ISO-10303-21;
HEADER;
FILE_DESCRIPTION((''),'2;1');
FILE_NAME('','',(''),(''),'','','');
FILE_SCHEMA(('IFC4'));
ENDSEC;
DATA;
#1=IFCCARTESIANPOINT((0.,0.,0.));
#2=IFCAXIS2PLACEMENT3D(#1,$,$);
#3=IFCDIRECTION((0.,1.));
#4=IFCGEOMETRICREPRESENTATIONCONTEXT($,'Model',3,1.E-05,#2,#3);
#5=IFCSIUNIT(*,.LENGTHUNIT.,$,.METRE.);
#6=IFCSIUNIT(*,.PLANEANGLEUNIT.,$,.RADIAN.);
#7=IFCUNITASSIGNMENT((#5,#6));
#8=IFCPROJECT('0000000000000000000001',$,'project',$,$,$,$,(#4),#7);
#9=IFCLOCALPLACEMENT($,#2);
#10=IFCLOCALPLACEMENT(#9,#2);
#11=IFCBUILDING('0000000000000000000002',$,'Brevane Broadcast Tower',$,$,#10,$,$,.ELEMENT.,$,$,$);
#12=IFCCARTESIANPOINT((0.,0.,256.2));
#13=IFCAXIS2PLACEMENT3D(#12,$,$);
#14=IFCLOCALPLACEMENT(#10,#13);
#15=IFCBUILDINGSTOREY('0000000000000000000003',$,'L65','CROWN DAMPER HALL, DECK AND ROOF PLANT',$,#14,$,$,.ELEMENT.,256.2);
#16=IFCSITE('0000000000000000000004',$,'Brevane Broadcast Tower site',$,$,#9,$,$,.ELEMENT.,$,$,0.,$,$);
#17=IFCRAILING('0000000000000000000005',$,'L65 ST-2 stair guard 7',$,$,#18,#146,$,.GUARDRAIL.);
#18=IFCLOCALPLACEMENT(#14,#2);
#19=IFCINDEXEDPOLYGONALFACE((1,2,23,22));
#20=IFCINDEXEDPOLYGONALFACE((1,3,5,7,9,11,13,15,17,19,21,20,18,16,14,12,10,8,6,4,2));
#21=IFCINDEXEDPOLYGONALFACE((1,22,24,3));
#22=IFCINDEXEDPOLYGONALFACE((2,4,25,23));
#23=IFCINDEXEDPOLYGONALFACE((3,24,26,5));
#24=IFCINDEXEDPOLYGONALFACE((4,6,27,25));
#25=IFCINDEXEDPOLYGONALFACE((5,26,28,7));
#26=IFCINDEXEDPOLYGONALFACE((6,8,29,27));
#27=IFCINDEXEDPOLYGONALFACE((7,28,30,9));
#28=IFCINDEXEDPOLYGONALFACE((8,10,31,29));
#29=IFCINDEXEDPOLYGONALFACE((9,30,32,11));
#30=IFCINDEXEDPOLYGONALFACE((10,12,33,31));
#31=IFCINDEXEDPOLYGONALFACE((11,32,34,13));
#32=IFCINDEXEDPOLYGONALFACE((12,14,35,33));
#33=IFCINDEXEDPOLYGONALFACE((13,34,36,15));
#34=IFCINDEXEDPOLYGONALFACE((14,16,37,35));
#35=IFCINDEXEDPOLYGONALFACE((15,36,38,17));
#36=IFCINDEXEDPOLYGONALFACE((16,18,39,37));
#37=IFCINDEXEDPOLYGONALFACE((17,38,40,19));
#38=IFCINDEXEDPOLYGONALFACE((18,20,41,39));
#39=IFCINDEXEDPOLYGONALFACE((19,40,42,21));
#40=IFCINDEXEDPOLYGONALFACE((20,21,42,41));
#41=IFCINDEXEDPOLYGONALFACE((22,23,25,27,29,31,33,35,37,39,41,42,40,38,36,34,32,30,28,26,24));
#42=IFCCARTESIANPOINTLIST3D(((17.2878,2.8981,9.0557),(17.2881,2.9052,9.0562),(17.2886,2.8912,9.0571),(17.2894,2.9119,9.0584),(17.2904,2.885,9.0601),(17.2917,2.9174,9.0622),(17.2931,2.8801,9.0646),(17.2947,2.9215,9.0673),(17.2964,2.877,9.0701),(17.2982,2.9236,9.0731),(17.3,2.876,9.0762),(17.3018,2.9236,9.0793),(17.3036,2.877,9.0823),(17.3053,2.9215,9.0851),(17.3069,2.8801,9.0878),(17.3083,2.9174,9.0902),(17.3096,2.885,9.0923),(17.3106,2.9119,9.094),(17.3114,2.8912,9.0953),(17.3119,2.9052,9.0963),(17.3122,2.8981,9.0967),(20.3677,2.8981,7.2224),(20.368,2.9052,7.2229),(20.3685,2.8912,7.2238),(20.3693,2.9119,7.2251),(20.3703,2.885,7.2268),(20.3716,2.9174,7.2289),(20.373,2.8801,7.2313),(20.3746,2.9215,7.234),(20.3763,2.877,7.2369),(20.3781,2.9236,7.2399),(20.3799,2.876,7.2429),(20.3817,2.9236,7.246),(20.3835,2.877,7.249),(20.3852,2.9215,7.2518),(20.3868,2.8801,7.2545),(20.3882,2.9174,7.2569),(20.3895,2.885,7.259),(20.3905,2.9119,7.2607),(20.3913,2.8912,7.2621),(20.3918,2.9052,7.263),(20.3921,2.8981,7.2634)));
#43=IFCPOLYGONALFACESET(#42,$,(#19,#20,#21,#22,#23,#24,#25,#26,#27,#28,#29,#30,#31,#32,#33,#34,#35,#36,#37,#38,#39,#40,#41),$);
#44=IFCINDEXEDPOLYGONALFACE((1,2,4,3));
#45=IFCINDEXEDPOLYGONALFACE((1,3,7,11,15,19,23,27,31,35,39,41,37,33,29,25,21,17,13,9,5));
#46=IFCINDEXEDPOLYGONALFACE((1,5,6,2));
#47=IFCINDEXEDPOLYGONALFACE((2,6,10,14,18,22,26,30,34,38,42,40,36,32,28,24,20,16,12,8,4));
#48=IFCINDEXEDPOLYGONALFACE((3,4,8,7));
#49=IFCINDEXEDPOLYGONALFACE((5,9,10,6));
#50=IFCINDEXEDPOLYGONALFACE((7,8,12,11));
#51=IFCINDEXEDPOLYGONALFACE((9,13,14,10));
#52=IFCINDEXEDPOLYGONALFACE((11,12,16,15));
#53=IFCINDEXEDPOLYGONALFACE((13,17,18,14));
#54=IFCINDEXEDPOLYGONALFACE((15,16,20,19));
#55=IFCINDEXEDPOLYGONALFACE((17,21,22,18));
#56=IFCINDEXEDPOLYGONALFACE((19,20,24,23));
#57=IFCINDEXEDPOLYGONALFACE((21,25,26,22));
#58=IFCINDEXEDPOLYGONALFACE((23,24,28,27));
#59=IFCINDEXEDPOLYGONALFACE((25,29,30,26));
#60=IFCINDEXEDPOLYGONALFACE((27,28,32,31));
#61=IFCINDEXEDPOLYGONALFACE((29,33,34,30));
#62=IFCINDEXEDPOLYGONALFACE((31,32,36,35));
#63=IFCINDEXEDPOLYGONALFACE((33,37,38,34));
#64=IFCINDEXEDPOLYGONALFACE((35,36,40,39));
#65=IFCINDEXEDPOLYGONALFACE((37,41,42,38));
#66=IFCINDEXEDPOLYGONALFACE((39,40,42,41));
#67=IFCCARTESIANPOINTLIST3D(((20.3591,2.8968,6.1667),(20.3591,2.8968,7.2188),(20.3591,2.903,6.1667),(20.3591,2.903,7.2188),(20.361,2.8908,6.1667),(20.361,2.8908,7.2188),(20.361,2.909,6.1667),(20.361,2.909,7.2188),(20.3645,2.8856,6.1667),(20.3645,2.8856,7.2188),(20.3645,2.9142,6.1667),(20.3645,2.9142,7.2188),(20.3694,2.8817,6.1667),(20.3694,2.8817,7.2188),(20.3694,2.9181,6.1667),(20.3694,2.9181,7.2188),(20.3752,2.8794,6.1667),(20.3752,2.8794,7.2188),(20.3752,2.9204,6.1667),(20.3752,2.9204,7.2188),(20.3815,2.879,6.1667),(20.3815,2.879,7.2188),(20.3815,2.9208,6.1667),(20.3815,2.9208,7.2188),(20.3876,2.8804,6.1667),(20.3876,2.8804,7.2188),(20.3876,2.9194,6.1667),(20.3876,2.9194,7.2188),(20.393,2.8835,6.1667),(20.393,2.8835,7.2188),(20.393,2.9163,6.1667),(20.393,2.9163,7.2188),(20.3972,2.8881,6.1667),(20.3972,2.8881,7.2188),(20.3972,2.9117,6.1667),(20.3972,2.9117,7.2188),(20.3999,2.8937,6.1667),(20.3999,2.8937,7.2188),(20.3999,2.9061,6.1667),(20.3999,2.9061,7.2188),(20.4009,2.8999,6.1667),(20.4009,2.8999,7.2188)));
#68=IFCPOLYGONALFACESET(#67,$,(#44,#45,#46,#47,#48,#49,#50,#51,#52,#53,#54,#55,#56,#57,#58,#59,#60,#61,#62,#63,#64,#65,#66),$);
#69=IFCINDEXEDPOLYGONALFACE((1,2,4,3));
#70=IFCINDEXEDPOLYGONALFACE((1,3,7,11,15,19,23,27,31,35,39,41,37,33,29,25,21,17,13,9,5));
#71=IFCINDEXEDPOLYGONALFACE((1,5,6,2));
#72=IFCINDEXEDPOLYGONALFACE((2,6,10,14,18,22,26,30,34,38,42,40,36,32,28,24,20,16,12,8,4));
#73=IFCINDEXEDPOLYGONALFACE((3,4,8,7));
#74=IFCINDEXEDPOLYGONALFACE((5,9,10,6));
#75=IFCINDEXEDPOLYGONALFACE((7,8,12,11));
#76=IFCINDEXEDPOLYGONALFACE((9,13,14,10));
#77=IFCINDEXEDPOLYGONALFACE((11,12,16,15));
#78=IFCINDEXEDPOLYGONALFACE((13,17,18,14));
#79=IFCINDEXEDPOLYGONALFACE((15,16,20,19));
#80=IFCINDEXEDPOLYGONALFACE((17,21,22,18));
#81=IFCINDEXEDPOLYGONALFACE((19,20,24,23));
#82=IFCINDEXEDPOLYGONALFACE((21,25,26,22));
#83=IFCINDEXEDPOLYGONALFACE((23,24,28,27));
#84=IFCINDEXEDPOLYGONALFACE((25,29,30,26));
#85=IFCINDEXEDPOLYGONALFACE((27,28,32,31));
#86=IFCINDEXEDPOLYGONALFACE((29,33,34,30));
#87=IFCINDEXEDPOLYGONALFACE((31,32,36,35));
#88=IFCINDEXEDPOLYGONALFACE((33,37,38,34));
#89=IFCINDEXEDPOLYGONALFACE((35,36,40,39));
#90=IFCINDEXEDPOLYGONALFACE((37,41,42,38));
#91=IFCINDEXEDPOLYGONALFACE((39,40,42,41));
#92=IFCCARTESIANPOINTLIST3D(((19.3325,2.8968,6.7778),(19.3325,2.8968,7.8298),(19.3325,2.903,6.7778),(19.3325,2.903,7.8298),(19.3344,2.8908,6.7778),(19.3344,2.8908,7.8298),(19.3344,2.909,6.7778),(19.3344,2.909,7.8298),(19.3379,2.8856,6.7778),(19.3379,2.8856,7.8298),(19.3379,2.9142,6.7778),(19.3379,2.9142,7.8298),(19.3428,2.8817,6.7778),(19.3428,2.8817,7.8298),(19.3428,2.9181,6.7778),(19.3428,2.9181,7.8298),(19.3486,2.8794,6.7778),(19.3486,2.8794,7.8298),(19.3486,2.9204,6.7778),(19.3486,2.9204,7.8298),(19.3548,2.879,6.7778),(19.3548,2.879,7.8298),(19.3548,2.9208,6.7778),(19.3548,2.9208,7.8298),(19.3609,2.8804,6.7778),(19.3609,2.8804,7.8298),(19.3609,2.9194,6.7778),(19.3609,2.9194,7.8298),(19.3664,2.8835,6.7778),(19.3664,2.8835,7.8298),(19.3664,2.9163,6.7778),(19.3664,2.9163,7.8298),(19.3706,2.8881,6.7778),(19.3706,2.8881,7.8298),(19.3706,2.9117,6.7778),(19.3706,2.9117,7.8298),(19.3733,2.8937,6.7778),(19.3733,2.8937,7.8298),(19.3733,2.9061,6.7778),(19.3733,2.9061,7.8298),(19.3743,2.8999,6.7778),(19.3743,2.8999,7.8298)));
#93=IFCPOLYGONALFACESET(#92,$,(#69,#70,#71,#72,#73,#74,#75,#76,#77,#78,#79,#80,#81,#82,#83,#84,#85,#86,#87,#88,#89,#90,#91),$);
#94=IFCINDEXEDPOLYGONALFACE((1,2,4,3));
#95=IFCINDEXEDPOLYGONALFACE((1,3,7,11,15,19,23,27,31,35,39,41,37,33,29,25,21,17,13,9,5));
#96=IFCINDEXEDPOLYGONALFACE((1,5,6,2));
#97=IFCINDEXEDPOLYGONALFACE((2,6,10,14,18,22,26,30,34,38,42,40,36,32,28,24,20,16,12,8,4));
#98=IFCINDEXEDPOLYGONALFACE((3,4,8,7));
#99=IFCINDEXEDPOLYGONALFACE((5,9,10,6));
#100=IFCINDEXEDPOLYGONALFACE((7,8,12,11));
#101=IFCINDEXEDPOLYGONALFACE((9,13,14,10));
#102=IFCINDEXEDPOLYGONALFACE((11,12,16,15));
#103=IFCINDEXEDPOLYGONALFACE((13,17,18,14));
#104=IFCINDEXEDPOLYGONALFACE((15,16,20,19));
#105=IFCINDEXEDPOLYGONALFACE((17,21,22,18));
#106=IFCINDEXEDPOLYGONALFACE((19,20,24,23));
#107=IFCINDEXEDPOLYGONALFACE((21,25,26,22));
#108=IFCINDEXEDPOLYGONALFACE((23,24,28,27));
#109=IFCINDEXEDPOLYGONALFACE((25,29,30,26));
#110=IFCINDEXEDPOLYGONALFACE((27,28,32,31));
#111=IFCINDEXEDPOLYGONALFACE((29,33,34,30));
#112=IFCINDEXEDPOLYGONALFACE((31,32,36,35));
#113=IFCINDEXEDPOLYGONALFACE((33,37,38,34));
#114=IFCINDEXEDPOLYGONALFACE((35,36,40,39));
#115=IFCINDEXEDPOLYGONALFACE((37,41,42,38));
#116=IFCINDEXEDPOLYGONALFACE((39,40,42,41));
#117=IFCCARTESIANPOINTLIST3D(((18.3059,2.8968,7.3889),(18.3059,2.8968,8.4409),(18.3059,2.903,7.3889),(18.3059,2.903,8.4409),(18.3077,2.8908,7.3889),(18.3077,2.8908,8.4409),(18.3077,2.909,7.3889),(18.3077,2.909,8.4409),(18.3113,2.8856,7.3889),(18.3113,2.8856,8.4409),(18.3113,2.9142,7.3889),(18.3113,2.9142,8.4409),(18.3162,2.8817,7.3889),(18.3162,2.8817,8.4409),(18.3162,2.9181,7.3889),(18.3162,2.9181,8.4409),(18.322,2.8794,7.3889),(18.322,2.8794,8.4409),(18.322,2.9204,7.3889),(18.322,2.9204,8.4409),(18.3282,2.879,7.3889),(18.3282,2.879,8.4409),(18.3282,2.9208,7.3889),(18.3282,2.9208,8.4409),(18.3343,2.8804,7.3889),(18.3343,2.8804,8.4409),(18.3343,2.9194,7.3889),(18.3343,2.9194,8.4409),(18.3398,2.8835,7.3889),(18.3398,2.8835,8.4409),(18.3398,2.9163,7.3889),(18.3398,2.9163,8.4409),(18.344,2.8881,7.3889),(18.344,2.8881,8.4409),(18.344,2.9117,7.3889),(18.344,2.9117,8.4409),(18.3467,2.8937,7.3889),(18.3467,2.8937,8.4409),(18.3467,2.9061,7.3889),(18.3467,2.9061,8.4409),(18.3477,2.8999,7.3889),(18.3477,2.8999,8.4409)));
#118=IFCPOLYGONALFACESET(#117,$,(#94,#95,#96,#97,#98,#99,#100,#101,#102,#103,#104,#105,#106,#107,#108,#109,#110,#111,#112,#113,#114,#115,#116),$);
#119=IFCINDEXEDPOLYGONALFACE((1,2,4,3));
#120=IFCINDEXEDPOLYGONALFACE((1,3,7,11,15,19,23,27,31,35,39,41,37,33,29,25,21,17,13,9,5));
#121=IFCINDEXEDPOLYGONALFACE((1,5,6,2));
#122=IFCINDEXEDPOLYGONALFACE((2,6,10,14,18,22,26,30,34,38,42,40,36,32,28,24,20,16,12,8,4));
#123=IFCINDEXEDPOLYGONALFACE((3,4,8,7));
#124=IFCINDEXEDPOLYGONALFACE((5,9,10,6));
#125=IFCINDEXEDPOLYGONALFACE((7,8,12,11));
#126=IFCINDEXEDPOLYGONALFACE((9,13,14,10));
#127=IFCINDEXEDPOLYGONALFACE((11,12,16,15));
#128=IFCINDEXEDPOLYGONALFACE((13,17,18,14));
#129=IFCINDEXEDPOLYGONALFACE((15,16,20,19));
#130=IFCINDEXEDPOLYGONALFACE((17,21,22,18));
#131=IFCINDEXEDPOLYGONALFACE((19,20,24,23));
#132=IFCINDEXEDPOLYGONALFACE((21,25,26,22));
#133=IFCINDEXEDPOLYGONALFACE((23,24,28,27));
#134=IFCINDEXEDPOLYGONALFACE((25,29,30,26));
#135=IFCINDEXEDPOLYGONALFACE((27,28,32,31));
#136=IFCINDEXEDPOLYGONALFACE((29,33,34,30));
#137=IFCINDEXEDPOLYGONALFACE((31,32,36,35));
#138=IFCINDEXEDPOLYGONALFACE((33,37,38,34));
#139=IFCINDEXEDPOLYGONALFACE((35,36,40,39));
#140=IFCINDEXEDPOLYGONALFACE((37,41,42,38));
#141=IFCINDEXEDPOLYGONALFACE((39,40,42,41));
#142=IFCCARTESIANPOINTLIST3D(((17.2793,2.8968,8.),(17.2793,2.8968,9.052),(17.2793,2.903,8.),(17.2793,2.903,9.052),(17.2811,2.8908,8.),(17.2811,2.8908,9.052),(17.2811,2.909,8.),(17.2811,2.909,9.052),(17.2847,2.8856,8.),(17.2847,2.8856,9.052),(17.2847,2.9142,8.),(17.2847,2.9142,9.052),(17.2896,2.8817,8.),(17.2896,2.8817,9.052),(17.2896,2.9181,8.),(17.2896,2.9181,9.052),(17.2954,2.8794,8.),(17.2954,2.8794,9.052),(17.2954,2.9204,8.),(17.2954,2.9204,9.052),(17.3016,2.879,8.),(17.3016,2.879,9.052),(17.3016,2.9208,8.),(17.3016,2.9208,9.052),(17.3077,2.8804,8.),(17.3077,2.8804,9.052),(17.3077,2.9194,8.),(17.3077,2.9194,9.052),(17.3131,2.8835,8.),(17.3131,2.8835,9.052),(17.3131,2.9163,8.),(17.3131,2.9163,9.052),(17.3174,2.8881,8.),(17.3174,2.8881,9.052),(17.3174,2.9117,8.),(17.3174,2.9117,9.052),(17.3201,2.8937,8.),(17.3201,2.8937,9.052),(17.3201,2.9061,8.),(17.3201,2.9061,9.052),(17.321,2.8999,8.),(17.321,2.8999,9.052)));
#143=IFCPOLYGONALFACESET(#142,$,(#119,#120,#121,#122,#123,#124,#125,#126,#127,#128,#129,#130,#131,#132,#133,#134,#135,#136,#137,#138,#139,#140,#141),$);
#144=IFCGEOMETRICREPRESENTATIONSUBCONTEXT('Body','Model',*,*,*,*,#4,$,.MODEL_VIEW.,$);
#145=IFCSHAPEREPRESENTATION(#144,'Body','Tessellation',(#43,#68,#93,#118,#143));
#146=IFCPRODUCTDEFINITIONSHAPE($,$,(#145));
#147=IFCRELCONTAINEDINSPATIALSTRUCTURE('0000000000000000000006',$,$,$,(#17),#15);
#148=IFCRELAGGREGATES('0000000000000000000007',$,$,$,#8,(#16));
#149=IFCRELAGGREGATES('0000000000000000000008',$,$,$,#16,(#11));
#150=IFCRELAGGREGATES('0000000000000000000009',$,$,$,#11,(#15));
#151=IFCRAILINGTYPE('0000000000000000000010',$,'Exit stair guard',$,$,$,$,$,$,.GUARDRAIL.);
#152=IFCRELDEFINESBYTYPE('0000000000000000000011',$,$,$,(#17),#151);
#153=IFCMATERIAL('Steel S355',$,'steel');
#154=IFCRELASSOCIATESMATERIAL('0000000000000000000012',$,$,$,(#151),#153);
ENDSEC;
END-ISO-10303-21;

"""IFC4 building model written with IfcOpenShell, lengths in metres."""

from ifc_helpers import new_model, si_unit, direction, frame, origin, origin_2d, place, context, subcontext, project, spatial, circle, extrude, material, type_object, element, save


model = new_model("IFC4")

# Units and contexts
model_context = context("Model", 3, precision=1e-05, world=origin(), true_north=direction((0.0, 1.0)))
body_context = subcontext(model_context, "Body", "Model", "MODEL_VIEW")
ifc_project = project(units=[si_unit("LENGTHUNIT", "METRE"), si_unit("PLANEANGLEUNIT", "RADIAN")], contexts=[model_context])

# Site, building, storey
site_placement = place(None, origin())
site = spatial("IfcSite", under=ifc_project, at=site_placement, Name="Brevane Broadcast Tower site", CompositionType="ELEMENT", RefElevation=0.0)
building_placement = place(site_placement, origin())
building = spatial("IfcBuilding", under=site, at=building_placement, Name="Brevane Broadcast Tower", CompositionType="ELEMENT")
storey_placement = place(building_placement, frame((0.0, 0.0, 256.2)))
storey = spatial("IfcBuildingStorey", under=building, at=storey_placement, Name="L65", Description="CROWN DAMPER HALL, DECK AND ROOF PLANT", CompositionType="ELEMENT", Elevation=256.2)

# Railing
ifc_material_1 = material(Name="Steel S355", Category="steel")
railing_type_1 = type_object("IfcRailingType", Name="Exit stair guard", PredefinedType="GUARDRAIL", material=ifc_material_1)
railing_1_placement = place(storey_placement, frame((20.3799, 2.8999, 6.1667)))
element("IfcRailing", 1, at=railing_1_placement, inside=storey, type_object=railing_type_1, Name="L65 ST-2 stair guard 7", PredefinedType="GUARDRAIL", context=body_context, shape_type="SweptSolid", body=[
    extrude(circle(Radius=0.0239, at=origin_2d()), frame((0.0, 0.0, 1.0762), z_axis=(-0.859291, 0.0, 0.511487), x_axis=(0.0, -1.0, 0.0)), (0.0, 0.0, 1.0), 3.5842),
    extrude(circle(Radius=0.021, at=origin_2d()), origin(), (0.0, 0.0, 1.0), 1.052),
    extrude(circle(Radius=0.021, at=origin_2d()), frame((-1.0266, 0.0, 0.6111)), (0.0, 0.0, 1.0), 1.052),
    extrude(circle(Radius=0.021, at=origin_2d()), frame((-2.0532, 0.0, 1.2222)), (0.0, 0.0, 1.0), 1.052),
    extrude(circle(Radius=0.021, at=origin_2d()), frame((-3.0798, 0.0, 1.8333)), (0.0, 0.0, 1.0), 1.052),
])

save(model, "model.ifc")
